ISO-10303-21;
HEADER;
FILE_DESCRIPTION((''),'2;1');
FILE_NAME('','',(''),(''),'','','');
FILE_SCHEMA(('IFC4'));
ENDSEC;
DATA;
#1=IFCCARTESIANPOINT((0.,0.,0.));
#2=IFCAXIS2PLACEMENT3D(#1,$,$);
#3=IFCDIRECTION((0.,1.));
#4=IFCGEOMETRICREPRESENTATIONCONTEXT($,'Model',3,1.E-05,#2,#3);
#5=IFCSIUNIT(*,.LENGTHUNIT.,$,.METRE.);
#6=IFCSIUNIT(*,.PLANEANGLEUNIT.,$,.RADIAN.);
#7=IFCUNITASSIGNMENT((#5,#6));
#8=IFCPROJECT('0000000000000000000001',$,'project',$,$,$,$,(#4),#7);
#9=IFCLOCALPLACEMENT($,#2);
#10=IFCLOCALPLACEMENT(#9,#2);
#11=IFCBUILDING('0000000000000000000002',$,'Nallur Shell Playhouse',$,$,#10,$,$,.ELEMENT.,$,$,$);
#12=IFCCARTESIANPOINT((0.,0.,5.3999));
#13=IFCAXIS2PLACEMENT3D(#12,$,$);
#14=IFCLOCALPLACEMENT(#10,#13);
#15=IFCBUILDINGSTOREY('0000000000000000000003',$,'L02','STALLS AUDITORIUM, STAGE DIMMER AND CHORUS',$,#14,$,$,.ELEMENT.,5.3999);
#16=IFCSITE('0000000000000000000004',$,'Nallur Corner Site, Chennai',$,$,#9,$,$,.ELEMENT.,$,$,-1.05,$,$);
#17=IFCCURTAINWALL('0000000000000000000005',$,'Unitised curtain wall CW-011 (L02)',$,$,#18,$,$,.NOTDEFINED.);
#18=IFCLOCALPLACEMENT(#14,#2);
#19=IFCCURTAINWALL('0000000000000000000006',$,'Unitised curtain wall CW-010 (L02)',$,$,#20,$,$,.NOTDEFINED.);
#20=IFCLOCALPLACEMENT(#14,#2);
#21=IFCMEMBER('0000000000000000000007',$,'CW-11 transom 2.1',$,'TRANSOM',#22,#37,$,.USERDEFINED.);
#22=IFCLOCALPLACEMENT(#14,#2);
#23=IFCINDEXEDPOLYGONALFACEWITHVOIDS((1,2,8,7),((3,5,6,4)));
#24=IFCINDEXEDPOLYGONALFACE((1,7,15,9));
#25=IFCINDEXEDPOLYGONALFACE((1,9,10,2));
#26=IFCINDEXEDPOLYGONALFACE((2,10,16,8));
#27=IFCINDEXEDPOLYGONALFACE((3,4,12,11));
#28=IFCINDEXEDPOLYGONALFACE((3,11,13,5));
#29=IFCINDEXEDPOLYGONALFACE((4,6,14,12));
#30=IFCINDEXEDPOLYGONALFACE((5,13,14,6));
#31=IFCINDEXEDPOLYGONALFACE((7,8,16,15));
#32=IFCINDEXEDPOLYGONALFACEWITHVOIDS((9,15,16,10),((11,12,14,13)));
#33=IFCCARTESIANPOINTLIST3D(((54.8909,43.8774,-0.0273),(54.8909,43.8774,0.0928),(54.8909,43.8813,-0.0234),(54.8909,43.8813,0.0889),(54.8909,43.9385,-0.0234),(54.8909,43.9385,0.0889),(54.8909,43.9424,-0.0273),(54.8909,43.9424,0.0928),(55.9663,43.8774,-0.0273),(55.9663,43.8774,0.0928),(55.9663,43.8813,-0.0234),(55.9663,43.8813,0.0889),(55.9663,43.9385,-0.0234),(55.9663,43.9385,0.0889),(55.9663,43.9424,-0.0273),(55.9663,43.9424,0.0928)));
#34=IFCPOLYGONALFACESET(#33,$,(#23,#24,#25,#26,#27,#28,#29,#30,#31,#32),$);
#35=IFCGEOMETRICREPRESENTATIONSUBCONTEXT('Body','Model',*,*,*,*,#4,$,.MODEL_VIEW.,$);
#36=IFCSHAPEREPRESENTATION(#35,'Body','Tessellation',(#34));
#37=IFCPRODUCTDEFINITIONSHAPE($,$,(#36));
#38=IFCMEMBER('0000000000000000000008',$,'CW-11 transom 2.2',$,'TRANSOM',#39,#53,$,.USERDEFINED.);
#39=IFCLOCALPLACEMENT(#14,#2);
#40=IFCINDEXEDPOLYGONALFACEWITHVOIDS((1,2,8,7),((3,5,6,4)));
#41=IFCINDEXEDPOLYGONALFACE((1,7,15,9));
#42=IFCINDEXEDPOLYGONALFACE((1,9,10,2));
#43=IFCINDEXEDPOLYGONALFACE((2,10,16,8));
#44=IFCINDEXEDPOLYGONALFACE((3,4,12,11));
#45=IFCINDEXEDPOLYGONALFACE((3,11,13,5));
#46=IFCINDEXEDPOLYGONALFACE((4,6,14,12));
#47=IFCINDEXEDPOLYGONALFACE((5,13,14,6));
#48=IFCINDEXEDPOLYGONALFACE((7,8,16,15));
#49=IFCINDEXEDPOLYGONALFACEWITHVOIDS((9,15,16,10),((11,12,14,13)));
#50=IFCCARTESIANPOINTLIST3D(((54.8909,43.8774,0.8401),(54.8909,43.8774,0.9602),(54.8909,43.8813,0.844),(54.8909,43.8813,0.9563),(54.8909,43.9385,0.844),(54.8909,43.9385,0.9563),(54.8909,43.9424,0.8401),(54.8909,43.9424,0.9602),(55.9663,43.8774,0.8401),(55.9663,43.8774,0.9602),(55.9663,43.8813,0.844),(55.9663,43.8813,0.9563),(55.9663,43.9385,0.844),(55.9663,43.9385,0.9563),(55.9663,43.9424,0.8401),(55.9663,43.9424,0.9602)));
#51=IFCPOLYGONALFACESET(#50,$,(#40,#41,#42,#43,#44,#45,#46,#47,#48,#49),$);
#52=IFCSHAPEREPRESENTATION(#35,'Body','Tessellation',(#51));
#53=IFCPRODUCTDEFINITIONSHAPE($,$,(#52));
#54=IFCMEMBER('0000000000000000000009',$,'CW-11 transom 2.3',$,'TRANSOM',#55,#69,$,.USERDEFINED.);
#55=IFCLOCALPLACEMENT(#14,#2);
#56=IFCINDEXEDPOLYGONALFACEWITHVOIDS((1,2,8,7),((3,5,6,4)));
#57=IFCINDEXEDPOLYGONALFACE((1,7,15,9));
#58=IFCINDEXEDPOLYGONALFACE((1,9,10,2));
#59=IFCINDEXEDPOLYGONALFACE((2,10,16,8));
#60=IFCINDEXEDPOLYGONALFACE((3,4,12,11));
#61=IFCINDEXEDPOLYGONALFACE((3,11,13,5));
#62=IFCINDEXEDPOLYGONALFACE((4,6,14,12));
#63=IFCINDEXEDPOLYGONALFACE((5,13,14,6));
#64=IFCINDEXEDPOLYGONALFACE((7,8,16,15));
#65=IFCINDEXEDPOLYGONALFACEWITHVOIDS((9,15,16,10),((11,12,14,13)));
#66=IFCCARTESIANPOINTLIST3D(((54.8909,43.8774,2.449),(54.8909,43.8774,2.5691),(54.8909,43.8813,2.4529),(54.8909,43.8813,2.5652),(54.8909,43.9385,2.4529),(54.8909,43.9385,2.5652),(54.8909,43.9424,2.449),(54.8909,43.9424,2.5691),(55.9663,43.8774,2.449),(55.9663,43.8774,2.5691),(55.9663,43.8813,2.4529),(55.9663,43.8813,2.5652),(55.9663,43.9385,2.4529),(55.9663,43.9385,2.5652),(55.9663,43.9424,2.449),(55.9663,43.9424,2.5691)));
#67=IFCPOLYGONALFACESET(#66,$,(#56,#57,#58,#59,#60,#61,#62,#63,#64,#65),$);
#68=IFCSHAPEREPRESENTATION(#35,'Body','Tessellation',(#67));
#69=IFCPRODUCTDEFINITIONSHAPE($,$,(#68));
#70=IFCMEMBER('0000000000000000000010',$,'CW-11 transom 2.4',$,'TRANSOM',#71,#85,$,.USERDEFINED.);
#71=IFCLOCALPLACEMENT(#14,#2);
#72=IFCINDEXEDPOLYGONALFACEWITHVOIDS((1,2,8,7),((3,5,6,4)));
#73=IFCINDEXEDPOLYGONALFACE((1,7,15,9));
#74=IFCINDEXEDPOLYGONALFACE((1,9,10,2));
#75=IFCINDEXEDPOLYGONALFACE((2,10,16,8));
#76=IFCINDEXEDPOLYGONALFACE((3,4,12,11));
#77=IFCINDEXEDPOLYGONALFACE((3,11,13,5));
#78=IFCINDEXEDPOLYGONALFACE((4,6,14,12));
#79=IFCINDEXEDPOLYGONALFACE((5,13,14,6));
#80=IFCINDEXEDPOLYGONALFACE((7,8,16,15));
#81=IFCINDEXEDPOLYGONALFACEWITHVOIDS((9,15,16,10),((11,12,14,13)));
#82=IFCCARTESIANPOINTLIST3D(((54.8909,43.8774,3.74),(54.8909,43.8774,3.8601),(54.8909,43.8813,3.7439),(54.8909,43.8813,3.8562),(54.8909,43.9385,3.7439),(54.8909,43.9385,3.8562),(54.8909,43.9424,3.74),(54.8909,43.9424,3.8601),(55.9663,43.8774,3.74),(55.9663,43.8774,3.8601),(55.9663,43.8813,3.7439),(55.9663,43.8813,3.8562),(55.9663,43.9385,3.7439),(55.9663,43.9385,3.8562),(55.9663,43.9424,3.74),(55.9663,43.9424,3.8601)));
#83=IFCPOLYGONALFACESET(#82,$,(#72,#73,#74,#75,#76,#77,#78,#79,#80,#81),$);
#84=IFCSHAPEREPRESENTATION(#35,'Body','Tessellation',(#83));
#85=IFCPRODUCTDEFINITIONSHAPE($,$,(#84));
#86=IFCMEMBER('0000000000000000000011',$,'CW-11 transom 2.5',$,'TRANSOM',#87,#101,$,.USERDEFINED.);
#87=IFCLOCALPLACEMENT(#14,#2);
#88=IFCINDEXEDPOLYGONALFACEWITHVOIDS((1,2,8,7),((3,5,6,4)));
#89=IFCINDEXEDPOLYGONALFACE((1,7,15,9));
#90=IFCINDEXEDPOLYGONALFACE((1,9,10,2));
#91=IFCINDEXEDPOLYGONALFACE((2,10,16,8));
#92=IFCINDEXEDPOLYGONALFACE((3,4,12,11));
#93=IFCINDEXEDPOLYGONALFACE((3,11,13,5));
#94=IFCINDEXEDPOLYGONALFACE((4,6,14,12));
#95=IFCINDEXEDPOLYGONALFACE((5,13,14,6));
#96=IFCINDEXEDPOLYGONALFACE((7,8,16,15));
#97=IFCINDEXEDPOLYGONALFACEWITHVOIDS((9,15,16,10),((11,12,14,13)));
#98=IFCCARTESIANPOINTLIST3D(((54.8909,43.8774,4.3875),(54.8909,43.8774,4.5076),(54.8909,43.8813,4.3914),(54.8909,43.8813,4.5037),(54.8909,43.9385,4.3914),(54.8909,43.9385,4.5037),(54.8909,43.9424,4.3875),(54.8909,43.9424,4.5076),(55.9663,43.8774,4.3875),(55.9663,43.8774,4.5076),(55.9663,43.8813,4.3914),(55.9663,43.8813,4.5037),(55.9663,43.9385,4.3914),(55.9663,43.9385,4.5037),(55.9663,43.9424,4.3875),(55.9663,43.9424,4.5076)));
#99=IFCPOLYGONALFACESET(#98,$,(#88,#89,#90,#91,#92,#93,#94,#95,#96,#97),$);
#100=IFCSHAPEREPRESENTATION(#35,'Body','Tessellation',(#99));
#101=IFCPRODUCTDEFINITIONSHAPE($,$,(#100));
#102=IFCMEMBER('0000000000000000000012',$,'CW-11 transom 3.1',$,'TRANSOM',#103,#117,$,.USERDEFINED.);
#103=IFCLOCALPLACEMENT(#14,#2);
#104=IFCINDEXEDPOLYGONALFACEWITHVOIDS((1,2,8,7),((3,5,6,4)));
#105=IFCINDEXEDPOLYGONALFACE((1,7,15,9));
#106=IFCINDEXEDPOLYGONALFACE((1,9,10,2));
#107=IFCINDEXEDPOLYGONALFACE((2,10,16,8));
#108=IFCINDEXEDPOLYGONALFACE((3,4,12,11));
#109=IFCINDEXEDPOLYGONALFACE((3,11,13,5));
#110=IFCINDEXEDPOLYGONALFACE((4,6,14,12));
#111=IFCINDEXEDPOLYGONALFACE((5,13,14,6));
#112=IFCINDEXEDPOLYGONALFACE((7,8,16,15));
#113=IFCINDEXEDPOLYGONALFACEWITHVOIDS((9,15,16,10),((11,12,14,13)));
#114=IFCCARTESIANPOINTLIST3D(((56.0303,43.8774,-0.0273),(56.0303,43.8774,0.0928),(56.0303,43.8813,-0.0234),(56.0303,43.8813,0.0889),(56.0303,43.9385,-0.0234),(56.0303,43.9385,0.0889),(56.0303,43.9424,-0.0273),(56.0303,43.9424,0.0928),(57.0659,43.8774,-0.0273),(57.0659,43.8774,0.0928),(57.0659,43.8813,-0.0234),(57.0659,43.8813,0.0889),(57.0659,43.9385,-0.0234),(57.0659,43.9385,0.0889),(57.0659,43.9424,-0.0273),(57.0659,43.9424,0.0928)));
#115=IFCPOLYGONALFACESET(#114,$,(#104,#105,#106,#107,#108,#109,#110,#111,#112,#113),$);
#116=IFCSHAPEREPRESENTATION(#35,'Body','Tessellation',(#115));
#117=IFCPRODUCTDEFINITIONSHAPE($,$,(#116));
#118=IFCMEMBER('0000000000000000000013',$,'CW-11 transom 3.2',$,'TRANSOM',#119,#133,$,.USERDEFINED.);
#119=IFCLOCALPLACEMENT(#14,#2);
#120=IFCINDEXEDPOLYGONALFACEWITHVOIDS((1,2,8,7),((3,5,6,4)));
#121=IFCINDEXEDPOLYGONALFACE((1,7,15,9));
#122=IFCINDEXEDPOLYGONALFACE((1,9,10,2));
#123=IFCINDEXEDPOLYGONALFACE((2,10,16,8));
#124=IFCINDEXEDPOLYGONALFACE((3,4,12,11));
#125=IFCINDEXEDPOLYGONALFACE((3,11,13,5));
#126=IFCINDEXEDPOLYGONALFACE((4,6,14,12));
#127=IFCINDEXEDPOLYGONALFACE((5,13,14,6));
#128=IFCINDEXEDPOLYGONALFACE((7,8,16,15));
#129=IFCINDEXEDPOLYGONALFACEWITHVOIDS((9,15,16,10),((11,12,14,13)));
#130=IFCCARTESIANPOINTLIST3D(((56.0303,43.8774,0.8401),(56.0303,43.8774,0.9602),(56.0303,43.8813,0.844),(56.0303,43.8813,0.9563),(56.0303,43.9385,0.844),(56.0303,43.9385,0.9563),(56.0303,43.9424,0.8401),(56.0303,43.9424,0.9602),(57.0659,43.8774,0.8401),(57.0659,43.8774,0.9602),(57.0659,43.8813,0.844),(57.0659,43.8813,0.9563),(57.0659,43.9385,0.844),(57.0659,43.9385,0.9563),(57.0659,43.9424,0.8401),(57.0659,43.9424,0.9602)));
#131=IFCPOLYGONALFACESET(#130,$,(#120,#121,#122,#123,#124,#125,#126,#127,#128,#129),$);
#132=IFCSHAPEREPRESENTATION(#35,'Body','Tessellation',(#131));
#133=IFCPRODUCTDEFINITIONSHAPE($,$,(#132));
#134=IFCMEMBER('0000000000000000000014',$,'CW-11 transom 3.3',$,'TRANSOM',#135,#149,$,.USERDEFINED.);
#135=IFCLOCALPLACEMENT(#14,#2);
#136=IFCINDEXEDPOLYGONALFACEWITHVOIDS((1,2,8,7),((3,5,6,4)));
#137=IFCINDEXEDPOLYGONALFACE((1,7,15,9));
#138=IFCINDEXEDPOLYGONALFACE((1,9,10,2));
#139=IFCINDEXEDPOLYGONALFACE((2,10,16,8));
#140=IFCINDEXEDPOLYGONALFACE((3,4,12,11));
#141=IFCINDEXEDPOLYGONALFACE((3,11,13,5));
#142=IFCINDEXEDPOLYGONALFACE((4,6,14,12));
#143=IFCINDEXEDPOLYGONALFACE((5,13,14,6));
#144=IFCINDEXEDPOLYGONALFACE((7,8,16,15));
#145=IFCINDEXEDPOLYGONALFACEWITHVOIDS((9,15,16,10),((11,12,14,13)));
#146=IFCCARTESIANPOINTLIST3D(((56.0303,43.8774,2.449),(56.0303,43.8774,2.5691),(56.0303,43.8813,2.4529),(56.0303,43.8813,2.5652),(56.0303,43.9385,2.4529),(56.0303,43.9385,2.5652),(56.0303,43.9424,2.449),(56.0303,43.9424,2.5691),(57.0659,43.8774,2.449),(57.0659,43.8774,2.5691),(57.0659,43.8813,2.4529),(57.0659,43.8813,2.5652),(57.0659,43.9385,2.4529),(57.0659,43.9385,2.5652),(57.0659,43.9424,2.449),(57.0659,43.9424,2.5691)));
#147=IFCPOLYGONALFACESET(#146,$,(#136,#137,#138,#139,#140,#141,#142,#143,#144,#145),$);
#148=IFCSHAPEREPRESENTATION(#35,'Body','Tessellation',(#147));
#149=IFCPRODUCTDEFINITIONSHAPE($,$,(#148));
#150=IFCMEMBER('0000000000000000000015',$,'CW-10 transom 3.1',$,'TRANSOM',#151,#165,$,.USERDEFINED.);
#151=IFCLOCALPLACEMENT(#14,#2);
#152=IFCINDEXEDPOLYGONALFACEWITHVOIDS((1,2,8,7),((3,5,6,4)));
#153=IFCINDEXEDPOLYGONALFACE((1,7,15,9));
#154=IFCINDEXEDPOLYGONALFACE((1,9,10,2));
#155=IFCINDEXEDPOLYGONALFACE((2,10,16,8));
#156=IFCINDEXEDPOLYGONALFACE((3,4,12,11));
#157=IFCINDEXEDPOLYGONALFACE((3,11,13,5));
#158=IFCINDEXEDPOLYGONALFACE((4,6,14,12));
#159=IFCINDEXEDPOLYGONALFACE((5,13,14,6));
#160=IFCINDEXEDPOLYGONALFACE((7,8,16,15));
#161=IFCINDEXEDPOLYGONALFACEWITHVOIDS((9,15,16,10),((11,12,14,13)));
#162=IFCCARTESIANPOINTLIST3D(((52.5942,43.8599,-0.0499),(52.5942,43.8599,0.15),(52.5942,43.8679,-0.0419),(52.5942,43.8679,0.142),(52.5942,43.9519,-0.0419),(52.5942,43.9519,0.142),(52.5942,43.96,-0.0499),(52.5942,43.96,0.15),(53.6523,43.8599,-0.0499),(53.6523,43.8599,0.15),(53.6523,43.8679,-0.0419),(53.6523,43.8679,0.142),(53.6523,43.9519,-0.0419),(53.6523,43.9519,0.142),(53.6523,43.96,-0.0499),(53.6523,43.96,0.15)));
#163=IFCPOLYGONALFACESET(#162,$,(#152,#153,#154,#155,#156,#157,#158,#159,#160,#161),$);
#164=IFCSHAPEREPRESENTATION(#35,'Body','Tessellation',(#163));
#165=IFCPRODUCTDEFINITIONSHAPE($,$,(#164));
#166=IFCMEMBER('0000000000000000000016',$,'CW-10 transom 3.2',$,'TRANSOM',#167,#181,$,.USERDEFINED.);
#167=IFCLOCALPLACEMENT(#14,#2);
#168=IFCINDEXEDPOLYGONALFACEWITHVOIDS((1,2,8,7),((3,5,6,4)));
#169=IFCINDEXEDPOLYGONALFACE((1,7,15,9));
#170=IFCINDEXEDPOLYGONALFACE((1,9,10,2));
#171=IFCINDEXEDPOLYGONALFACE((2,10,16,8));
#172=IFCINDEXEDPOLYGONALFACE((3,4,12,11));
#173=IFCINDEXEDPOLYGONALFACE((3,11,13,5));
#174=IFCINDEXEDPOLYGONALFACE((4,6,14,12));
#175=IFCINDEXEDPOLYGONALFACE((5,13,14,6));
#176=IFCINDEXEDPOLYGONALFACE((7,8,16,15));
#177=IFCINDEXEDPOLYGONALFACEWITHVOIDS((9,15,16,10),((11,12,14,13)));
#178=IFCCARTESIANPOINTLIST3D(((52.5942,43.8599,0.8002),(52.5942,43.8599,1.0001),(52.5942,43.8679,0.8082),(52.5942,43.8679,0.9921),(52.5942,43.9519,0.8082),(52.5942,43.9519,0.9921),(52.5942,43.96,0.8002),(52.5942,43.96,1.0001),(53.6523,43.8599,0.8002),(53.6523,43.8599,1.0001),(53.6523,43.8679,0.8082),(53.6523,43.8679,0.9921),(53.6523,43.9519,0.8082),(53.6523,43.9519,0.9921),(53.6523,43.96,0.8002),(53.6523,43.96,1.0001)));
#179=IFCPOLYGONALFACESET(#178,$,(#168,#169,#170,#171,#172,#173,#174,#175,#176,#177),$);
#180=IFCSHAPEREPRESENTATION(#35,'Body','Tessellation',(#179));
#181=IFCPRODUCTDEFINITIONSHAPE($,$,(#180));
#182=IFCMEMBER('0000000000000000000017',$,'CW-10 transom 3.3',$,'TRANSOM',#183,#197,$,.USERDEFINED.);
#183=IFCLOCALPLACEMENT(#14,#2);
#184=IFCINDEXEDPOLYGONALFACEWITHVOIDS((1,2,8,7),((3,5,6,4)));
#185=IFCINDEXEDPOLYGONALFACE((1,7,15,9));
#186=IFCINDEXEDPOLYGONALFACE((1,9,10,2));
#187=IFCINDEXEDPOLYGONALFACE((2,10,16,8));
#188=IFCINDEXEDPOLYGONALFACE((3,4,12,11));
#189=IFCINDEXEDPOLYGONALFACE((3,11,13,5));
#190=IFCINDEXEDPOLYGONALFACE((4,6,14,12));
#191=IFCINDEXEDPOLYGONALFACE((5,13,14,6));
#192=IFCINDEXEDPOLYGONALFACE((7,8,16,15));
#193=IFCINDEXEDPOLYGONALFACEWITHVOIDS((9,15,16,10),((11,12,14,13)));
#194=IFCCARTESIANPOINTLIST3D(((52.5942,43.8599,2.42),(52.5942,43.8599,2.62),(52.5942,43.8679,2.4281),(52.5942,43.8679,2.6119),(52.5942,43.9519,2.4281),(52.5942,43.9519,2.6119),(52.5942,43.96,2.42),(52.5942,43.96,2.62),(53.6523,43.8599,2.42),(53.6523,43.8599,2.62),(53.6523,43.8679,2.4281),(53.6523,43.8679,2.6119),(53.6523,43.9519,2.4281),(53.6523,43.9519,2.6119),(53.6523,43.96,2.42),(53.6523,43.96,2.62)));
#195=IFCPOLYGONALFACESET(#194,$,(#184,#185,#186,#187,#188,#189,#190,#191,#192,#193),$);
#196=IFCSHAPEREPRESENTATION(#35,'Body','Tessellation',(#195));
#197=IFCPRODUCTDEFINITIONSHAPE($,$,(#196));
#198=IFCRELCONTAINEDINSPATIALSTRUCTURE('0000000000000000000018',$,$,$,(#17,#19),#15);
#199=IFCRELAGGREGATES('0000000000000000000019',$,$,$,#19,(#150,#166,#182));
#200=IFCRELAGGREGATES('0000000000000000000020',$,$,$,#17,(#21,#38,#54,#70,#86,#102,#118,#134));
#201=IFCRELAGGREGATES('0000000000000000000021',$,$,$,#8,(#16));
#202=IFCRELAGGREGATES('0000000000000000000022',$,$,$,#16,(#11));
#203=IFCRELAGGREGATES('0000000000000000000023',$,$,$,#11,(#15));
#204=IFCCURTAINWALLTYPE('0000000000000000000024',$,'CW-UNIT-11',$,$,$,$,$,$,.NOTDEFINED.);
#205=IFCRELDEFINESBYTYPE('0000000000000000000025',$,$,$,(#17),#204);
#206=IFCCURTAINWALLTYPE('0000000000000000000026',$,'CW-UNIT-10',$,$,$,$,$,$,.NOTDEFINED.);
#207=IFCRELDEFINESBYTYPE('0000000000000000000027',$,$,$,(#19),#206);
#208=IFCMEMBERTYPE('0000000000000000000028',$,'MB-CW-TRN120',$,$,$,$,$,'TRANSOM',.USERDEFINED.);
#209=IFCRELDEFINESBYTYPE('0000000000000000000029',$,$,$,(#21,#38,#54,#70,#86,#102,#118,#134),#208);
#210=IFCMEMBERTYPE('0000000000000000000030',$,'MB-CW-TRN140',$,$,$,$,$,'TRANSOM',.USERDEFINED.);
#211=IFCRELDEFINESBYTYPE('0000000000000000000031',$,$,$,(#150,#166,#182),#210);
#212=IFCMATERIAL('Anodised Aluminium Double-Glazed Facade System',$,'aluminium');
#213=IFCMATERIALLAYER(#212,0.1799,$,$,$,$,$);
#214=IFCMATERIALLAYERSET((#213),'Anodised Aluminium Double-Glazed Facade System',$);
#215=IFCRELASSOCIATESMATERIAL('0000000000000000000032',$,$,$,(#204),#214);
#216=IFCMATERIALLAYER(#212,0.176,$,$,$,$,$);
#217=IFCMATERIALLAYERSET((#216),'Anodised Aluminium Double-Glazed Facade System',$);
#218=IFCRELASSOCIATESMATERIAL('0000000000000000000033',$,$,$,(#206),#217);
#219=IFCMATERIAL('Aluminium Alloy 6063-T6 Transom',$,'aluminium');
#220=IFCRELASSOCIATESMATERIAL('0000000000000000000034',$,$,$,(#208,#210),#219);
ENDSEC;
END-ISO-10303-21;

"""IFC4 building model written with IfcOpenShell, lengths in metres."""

from ifc_helpers import new_model, si_unit, direction, frame, origin, origin_2d, place, context, subcontext, project, spatial, hollow_rectangle, extrude, material, layer, layer_set, material_profile, profile_set, type_object, element, aggregate, save


model = new_model("IFC4")

# Units and contexts
model_context = context("Model", 3, precision=1e-05, world=origin(), true_north=direction((0.0, 1.0)))
body_context = subcontext(model_context, "Body", "Model", "MODEL_VIEW")
ifc_project = project(units=[si_unit("LENGTHUNIT", "METRE"), si_unit("PLANEANGLEUNIT", "RADIAN")], contexts=[model_context])

# Site, building, storey
site_placement = place(None, origin())
site = spatial("IfcSite", under=ifc_project, at=site_placement, Name="Nallur Corner Site, Chennai", CompositionType="ELEMENT", RefElevation=-1.05)
building_placement = place(site_placement, origin())
building = spatial("IfcBuilding", under=site, at=building_placement, Name="Nallur Shell Playhouse", CompositionType="ELEMENT")
storey_placement = place(building_placement, frame((0.0, 0.0, 5.3999)))
storey = spatial("IfcBuildingStorey", under=building, at=storey_placement, Name="L02", Description="STALLS AUDITORIUM, STAGE DIMMER AND CHORUS", CompositionType="ELEMENT", Elevation=5.3999)

# Curtain walls
ifc_material_1 = material(Name="Anodised Aluminium Double-Glazed Facade System", Category="aluminium")
ifc_layer_1 = layer(ifc_material_1, 0.1799)
ifc_layer_set_1 = layer_set([ifc_layer_1], Name="Anodised Aluminium Double-Glazed Facade System")
curtain_wall_type_1 = type_object("IfcCurtainWallType", Name="CW-UNIT-11", PredefinedType="NOTDEFINED", material=ifc_layer_set_1)
curtain_wall_1_placement = place(storey_placement, origin())
curtain_wall_1 = element("IfcCurtainWall", 1, at=curtain_wall_1_placement, inside=storey, type_object=curtain_wall_type_1, Name="Unitised curtain wall CW-011 (L02)", PredefinedType="NOTDEFINED")
ifc_layer_2 = layer(ifc_material_1, 0.176)
ifc_layer_set_2 = layer_set([ifc_layer_2], Name="Anodised Aluminium Double-Glazed Facade System")
curtain_wall_type_2 = type_object("IfcCurtainWallType", Name="CW-UNIT-10", PredefinedType="NOTDEFINED", material=ifc_layer_set_2)
curtain_wall_2_placement = place(storey_placement, origin())
curtain_wall_2 = element("IfcCurtainWall", 2, at=curtain_wall_2_placement, inside=storey, type_object=curtain_wall_type_2, Name="Unitised curtain wall CW-010 (L02)", PredefinedType="NOTDEFINED")

# Members
ifc_material_2 = material(Name="Aluminium Alloy 6063-T6 Transom", Category="aluminium")
ifc_material_profile_1 = material_profile(ifc_material_2, hollow_rectangle(XDim=0.0649, YDim=0.1201, WallThickness=0.0039, at=origin_2d()), Name="ALU 65x120x4")
ifc_profile_set_1 = profile_set([ifc_material_profile_1], Name="Aluminium Alloy 6063-T6 Transom")
member_type_1 = type_object("IfcMemberType", Name="MB-CW-TRN120", ElementType="TRANSOM", PredefinedType="USERDEFINED", material=ifc_profile_set_1)
member_1_placement = place(storey_placement, frame((54.8909, 43.9099, 0.0327), z_axis=(1.0, 0.0, 0.0), x_axis=(0.0, 1.0, 0.0)))
member_1 = element("IfcMember", 3, at=member_1_placement, type_object=member_type_1, Name="CW-11 transom 2.1", ObjectType="TRANSOM", PredefinedType="USERDEFINED", context=body_context, shape_type="SweptSolid", body=[
    extrude(hollow_rectangle(XDim=0.0649, YDim=0.1201, WallThickness=0.0039, at=origin_2d()), origin(), (0.0, 0.0, 1.0), 1.0754),
])
member_2_placement = place(storey_placement, frame((54.8909, 43.9099, 0.9001), z_axis=(1.0, 0.0, 0.0), x_axis=(0.0, 1.0, 0.0)))
member_2 = element("IfcMember", 4, at=member_2_placement, type_object=member_type_1, Name="CW-11 transom 2.2", ObjectType="TRANSOM", PredefinedType="USERDEFINED", context=body_context, shape_type="SweptSolid", body=[
    extrude(hollow_rectangle(XDim=0.0649, YDim=0.1201, WallThickness=0.0039, at=origin_2d()), origin(), (0.0, 0.0, 1.0), 1.0754),
])
member_3_placement = place(storey_placement, frame((54.8909, 43.9099, 2.509), z_axis=(1.0, 0.0, 0.0), x_axis=(0.0, 1.0, 0.0)))
member_3 = element("IfcMember", 5, at=member_3_placement, type_object=member_type_1, Name="CW-11 transom 2.3", ObjectType="TRANSOM", PredefinedType="USERDEFINED", context=body_context, shape_type="SweptSolid", body=[
    extrude(hollow_rectangle(XDim=0.0649, YDim=0.1201, WallThickness=0.0039, at=origin_2d()), origin(), (0.0, 0.0, 1.0), 1.0754),
])
member_4_placement = place(storey_placement, frame((54.8909, 43.9099, 3.8), z_axis=(1.0, 0.0, 0.0), x_axis=(0.0, 1.0, 0.0)))
member_4 = element("IfcMember", 6, at=member_4_placement, type_object=member_type_1, Name="CW-11 transom 2.4", ObjectType="TRANSOM", PredefinedType="USERDEFINED", context=body_context, shape_type="SweptSolid", body=[
    extrude(hollow_rectangle(XDim=0.0649, YDim=0.1201, WallThickness=0.0039, at=origin_2d()), origin(), (0.0, 0.0, 1.0), 1.0754),
])
member_5_placement = place(storey_placement, frame((54.8909, 43.9099, 4.4475), z_axis=(1.0, 0.0, 0.0), x_axis=(0.0, 1.0, 0.0)))
member_5 = element("IfcMember", 7, at=member_5_placement, type_object=member_type_1, Name="CW-11 transom 2.5", ObjectType="TRANSOM", PredefinedType="USERDEFINED", context=body_context, shape_type="SweptSolid", body=[
    extrude(hollow_rectangle(XDim=0.0649, YDim=0.1201, WallThickness=0.0039, at=origin_2d()), origin(), (0.0, 0.0, 1.0), 1.0754),
])
member_6_placement = place(storey_placement, frame((56.0303, 43.9099, 0.0327), z_axis=(1.0, 0.0, 0.0), x_axis=(0.0, 1.0, 0.0)))
member_6 = element("IfcMember", 8, at=member_6_placement, type_object=member_type_1, Name="CW-11 transom 3.1", ObjectType="TRANSOM", PredefinedType="USERDEFINED", context=body_context, shape_type="SweptSolid", body=[
    extrude(hollow_rectangle(XDim=0.0649, YDim=0.1201, WallThickness=0.0039, at=origin_2d()), origin(), (0.0, 0.0, 1.0), 1.0356),
])
member_7_placement = place(storey_placement, frame((56.0303, 43.9099, 0.9001), z_axis=(1.0, 0.0, 0.0), x_axis=(0.0, 1.0, 0.0)))
member_7 = element("IfcMember", 9, at=member_7_placement, type_object=member_type_1, Name="CW-11 transom 3.2", ObjectType="TRANSOM", PredefinedType="USERDEFINED", context=body_context, shape_type="SweptSolid", body=[
    extrude(hollow_rectangle(XDim=0.0649, YDim=0.1201, WallThickness=0.0039, at=origin_2d()), origin(), (0.0, 0.0, 1.0), 1.0356),
])
member_8_placement = place(storey_placement, frame((56.0303, 43.9099, 2.509), z_axis=(1.0, 0.0, 0.0), x_axis=(0.0, 1.0, 0.0)))
member_8 = element("IfcMember", 10, at=member_8_placement, type_object=member_type_1, Name="CW-11 transom 3.3", ObjectType="TRANSOM", PredefinedType="USERDEFINED", context=body_context, shape_type="SweptSolid", body=[
    extrude(hollow_rectangle(XDim=0.0649, YDim=0.1201, WallThickness=0.0039, at=origin_2d()), origin(), (0.0, 0.0, 1.0), 1.0356),
])
ifc_material_profile_2 = material_profile(ifc_material_2, hollow_rectangle(XDim=0.1001, YDim=0.2, WallThickness=0.0081, at=origin_2d()), Name="RHS 200x100x8")
ifc_profile_set_2 = profile_set([ifc_material_profile_2], Name="Aluminium Alloy 6063-T6 Transom")
member_type_2 = type_object("IfcMemberType", Name="MB-CW-TRN140", ElementType="TRANSOM", PredefinedType="USERDEFINED", material=ifc_profile_set_2)
member_9_placement = place(storey_placement, frame((52.5942, 43.9099, 0.05), z_axis=(1.0, 0.0, 0.0), x_axis=(0.0, 1.0, 0.0)))
member_9 = element("IfcMember", 11, at=member_9_placement, type_object=member_type_2, Name="CW-10 transom 3.1", ObjectType="TRANSOM", PredefinedType="USERDEFINED", context=body_context, shape_type="SweptSolid", body=[
    extrude(hollow_rectangle(XDim=0.1001, YDim=0.2, WallThickness=0.0081, at=origin_2d()), origin(), (0.0, 0.0, 1.0), 1.0581),
])
member_10_placement = place(storey_placement, frame((52.5942, 43.9099, 0.9001), z_axis=(1.0, 0.0, 0.0), x_axis=(0.0, 1.0, 0.0)))
member_10 = element("IfcMember", 12, at=member_10_placement, type_object=member_type_2, Name="CW-10 transom 3.2", ObjectType="TRANSOM", PredefinedType="USERDEFINED", context=body_context, shape_type="SweptSolid", body=[
    extrude(hollow_rectangle(XDim=0.1001, YDim=0.2, WallThickness=0.0081, at=origin_2d()), origin(), (0.0, 0.0, 1.0), 1.0581),
])
member_11_placement = place(storey_placement, frame((52.5942, 43.9099, 2.52), z_axis=(1.0, 0.0, 0.0), x_axis=(0.0, 1.0, 0.0)))
member_11 = element("IfcMember", 13, at=member_11_placement, type_object=member_type_2, Name="CW-10 transom 3.3", ObjectType="TRANSOM", PredefinedType="USERDEFINED", context=body_context, shape_type="SweptSolid", body=[
    extrude(hollow_rectangle(XDim=0.1001, YDim=0.2, WallThickness=0.0081, at=origin_2d()), origin(), (0.0, 0.0, 1.0), 1.0581),
])

aggregate(curtain_wall_2, [member_9, member_10, member_11])
aggregate(curtain_wall_1, [member_1, member_2, member_3, member_4, member_5, member_6, member_7, member_8])

save(model, "model.ifc")
